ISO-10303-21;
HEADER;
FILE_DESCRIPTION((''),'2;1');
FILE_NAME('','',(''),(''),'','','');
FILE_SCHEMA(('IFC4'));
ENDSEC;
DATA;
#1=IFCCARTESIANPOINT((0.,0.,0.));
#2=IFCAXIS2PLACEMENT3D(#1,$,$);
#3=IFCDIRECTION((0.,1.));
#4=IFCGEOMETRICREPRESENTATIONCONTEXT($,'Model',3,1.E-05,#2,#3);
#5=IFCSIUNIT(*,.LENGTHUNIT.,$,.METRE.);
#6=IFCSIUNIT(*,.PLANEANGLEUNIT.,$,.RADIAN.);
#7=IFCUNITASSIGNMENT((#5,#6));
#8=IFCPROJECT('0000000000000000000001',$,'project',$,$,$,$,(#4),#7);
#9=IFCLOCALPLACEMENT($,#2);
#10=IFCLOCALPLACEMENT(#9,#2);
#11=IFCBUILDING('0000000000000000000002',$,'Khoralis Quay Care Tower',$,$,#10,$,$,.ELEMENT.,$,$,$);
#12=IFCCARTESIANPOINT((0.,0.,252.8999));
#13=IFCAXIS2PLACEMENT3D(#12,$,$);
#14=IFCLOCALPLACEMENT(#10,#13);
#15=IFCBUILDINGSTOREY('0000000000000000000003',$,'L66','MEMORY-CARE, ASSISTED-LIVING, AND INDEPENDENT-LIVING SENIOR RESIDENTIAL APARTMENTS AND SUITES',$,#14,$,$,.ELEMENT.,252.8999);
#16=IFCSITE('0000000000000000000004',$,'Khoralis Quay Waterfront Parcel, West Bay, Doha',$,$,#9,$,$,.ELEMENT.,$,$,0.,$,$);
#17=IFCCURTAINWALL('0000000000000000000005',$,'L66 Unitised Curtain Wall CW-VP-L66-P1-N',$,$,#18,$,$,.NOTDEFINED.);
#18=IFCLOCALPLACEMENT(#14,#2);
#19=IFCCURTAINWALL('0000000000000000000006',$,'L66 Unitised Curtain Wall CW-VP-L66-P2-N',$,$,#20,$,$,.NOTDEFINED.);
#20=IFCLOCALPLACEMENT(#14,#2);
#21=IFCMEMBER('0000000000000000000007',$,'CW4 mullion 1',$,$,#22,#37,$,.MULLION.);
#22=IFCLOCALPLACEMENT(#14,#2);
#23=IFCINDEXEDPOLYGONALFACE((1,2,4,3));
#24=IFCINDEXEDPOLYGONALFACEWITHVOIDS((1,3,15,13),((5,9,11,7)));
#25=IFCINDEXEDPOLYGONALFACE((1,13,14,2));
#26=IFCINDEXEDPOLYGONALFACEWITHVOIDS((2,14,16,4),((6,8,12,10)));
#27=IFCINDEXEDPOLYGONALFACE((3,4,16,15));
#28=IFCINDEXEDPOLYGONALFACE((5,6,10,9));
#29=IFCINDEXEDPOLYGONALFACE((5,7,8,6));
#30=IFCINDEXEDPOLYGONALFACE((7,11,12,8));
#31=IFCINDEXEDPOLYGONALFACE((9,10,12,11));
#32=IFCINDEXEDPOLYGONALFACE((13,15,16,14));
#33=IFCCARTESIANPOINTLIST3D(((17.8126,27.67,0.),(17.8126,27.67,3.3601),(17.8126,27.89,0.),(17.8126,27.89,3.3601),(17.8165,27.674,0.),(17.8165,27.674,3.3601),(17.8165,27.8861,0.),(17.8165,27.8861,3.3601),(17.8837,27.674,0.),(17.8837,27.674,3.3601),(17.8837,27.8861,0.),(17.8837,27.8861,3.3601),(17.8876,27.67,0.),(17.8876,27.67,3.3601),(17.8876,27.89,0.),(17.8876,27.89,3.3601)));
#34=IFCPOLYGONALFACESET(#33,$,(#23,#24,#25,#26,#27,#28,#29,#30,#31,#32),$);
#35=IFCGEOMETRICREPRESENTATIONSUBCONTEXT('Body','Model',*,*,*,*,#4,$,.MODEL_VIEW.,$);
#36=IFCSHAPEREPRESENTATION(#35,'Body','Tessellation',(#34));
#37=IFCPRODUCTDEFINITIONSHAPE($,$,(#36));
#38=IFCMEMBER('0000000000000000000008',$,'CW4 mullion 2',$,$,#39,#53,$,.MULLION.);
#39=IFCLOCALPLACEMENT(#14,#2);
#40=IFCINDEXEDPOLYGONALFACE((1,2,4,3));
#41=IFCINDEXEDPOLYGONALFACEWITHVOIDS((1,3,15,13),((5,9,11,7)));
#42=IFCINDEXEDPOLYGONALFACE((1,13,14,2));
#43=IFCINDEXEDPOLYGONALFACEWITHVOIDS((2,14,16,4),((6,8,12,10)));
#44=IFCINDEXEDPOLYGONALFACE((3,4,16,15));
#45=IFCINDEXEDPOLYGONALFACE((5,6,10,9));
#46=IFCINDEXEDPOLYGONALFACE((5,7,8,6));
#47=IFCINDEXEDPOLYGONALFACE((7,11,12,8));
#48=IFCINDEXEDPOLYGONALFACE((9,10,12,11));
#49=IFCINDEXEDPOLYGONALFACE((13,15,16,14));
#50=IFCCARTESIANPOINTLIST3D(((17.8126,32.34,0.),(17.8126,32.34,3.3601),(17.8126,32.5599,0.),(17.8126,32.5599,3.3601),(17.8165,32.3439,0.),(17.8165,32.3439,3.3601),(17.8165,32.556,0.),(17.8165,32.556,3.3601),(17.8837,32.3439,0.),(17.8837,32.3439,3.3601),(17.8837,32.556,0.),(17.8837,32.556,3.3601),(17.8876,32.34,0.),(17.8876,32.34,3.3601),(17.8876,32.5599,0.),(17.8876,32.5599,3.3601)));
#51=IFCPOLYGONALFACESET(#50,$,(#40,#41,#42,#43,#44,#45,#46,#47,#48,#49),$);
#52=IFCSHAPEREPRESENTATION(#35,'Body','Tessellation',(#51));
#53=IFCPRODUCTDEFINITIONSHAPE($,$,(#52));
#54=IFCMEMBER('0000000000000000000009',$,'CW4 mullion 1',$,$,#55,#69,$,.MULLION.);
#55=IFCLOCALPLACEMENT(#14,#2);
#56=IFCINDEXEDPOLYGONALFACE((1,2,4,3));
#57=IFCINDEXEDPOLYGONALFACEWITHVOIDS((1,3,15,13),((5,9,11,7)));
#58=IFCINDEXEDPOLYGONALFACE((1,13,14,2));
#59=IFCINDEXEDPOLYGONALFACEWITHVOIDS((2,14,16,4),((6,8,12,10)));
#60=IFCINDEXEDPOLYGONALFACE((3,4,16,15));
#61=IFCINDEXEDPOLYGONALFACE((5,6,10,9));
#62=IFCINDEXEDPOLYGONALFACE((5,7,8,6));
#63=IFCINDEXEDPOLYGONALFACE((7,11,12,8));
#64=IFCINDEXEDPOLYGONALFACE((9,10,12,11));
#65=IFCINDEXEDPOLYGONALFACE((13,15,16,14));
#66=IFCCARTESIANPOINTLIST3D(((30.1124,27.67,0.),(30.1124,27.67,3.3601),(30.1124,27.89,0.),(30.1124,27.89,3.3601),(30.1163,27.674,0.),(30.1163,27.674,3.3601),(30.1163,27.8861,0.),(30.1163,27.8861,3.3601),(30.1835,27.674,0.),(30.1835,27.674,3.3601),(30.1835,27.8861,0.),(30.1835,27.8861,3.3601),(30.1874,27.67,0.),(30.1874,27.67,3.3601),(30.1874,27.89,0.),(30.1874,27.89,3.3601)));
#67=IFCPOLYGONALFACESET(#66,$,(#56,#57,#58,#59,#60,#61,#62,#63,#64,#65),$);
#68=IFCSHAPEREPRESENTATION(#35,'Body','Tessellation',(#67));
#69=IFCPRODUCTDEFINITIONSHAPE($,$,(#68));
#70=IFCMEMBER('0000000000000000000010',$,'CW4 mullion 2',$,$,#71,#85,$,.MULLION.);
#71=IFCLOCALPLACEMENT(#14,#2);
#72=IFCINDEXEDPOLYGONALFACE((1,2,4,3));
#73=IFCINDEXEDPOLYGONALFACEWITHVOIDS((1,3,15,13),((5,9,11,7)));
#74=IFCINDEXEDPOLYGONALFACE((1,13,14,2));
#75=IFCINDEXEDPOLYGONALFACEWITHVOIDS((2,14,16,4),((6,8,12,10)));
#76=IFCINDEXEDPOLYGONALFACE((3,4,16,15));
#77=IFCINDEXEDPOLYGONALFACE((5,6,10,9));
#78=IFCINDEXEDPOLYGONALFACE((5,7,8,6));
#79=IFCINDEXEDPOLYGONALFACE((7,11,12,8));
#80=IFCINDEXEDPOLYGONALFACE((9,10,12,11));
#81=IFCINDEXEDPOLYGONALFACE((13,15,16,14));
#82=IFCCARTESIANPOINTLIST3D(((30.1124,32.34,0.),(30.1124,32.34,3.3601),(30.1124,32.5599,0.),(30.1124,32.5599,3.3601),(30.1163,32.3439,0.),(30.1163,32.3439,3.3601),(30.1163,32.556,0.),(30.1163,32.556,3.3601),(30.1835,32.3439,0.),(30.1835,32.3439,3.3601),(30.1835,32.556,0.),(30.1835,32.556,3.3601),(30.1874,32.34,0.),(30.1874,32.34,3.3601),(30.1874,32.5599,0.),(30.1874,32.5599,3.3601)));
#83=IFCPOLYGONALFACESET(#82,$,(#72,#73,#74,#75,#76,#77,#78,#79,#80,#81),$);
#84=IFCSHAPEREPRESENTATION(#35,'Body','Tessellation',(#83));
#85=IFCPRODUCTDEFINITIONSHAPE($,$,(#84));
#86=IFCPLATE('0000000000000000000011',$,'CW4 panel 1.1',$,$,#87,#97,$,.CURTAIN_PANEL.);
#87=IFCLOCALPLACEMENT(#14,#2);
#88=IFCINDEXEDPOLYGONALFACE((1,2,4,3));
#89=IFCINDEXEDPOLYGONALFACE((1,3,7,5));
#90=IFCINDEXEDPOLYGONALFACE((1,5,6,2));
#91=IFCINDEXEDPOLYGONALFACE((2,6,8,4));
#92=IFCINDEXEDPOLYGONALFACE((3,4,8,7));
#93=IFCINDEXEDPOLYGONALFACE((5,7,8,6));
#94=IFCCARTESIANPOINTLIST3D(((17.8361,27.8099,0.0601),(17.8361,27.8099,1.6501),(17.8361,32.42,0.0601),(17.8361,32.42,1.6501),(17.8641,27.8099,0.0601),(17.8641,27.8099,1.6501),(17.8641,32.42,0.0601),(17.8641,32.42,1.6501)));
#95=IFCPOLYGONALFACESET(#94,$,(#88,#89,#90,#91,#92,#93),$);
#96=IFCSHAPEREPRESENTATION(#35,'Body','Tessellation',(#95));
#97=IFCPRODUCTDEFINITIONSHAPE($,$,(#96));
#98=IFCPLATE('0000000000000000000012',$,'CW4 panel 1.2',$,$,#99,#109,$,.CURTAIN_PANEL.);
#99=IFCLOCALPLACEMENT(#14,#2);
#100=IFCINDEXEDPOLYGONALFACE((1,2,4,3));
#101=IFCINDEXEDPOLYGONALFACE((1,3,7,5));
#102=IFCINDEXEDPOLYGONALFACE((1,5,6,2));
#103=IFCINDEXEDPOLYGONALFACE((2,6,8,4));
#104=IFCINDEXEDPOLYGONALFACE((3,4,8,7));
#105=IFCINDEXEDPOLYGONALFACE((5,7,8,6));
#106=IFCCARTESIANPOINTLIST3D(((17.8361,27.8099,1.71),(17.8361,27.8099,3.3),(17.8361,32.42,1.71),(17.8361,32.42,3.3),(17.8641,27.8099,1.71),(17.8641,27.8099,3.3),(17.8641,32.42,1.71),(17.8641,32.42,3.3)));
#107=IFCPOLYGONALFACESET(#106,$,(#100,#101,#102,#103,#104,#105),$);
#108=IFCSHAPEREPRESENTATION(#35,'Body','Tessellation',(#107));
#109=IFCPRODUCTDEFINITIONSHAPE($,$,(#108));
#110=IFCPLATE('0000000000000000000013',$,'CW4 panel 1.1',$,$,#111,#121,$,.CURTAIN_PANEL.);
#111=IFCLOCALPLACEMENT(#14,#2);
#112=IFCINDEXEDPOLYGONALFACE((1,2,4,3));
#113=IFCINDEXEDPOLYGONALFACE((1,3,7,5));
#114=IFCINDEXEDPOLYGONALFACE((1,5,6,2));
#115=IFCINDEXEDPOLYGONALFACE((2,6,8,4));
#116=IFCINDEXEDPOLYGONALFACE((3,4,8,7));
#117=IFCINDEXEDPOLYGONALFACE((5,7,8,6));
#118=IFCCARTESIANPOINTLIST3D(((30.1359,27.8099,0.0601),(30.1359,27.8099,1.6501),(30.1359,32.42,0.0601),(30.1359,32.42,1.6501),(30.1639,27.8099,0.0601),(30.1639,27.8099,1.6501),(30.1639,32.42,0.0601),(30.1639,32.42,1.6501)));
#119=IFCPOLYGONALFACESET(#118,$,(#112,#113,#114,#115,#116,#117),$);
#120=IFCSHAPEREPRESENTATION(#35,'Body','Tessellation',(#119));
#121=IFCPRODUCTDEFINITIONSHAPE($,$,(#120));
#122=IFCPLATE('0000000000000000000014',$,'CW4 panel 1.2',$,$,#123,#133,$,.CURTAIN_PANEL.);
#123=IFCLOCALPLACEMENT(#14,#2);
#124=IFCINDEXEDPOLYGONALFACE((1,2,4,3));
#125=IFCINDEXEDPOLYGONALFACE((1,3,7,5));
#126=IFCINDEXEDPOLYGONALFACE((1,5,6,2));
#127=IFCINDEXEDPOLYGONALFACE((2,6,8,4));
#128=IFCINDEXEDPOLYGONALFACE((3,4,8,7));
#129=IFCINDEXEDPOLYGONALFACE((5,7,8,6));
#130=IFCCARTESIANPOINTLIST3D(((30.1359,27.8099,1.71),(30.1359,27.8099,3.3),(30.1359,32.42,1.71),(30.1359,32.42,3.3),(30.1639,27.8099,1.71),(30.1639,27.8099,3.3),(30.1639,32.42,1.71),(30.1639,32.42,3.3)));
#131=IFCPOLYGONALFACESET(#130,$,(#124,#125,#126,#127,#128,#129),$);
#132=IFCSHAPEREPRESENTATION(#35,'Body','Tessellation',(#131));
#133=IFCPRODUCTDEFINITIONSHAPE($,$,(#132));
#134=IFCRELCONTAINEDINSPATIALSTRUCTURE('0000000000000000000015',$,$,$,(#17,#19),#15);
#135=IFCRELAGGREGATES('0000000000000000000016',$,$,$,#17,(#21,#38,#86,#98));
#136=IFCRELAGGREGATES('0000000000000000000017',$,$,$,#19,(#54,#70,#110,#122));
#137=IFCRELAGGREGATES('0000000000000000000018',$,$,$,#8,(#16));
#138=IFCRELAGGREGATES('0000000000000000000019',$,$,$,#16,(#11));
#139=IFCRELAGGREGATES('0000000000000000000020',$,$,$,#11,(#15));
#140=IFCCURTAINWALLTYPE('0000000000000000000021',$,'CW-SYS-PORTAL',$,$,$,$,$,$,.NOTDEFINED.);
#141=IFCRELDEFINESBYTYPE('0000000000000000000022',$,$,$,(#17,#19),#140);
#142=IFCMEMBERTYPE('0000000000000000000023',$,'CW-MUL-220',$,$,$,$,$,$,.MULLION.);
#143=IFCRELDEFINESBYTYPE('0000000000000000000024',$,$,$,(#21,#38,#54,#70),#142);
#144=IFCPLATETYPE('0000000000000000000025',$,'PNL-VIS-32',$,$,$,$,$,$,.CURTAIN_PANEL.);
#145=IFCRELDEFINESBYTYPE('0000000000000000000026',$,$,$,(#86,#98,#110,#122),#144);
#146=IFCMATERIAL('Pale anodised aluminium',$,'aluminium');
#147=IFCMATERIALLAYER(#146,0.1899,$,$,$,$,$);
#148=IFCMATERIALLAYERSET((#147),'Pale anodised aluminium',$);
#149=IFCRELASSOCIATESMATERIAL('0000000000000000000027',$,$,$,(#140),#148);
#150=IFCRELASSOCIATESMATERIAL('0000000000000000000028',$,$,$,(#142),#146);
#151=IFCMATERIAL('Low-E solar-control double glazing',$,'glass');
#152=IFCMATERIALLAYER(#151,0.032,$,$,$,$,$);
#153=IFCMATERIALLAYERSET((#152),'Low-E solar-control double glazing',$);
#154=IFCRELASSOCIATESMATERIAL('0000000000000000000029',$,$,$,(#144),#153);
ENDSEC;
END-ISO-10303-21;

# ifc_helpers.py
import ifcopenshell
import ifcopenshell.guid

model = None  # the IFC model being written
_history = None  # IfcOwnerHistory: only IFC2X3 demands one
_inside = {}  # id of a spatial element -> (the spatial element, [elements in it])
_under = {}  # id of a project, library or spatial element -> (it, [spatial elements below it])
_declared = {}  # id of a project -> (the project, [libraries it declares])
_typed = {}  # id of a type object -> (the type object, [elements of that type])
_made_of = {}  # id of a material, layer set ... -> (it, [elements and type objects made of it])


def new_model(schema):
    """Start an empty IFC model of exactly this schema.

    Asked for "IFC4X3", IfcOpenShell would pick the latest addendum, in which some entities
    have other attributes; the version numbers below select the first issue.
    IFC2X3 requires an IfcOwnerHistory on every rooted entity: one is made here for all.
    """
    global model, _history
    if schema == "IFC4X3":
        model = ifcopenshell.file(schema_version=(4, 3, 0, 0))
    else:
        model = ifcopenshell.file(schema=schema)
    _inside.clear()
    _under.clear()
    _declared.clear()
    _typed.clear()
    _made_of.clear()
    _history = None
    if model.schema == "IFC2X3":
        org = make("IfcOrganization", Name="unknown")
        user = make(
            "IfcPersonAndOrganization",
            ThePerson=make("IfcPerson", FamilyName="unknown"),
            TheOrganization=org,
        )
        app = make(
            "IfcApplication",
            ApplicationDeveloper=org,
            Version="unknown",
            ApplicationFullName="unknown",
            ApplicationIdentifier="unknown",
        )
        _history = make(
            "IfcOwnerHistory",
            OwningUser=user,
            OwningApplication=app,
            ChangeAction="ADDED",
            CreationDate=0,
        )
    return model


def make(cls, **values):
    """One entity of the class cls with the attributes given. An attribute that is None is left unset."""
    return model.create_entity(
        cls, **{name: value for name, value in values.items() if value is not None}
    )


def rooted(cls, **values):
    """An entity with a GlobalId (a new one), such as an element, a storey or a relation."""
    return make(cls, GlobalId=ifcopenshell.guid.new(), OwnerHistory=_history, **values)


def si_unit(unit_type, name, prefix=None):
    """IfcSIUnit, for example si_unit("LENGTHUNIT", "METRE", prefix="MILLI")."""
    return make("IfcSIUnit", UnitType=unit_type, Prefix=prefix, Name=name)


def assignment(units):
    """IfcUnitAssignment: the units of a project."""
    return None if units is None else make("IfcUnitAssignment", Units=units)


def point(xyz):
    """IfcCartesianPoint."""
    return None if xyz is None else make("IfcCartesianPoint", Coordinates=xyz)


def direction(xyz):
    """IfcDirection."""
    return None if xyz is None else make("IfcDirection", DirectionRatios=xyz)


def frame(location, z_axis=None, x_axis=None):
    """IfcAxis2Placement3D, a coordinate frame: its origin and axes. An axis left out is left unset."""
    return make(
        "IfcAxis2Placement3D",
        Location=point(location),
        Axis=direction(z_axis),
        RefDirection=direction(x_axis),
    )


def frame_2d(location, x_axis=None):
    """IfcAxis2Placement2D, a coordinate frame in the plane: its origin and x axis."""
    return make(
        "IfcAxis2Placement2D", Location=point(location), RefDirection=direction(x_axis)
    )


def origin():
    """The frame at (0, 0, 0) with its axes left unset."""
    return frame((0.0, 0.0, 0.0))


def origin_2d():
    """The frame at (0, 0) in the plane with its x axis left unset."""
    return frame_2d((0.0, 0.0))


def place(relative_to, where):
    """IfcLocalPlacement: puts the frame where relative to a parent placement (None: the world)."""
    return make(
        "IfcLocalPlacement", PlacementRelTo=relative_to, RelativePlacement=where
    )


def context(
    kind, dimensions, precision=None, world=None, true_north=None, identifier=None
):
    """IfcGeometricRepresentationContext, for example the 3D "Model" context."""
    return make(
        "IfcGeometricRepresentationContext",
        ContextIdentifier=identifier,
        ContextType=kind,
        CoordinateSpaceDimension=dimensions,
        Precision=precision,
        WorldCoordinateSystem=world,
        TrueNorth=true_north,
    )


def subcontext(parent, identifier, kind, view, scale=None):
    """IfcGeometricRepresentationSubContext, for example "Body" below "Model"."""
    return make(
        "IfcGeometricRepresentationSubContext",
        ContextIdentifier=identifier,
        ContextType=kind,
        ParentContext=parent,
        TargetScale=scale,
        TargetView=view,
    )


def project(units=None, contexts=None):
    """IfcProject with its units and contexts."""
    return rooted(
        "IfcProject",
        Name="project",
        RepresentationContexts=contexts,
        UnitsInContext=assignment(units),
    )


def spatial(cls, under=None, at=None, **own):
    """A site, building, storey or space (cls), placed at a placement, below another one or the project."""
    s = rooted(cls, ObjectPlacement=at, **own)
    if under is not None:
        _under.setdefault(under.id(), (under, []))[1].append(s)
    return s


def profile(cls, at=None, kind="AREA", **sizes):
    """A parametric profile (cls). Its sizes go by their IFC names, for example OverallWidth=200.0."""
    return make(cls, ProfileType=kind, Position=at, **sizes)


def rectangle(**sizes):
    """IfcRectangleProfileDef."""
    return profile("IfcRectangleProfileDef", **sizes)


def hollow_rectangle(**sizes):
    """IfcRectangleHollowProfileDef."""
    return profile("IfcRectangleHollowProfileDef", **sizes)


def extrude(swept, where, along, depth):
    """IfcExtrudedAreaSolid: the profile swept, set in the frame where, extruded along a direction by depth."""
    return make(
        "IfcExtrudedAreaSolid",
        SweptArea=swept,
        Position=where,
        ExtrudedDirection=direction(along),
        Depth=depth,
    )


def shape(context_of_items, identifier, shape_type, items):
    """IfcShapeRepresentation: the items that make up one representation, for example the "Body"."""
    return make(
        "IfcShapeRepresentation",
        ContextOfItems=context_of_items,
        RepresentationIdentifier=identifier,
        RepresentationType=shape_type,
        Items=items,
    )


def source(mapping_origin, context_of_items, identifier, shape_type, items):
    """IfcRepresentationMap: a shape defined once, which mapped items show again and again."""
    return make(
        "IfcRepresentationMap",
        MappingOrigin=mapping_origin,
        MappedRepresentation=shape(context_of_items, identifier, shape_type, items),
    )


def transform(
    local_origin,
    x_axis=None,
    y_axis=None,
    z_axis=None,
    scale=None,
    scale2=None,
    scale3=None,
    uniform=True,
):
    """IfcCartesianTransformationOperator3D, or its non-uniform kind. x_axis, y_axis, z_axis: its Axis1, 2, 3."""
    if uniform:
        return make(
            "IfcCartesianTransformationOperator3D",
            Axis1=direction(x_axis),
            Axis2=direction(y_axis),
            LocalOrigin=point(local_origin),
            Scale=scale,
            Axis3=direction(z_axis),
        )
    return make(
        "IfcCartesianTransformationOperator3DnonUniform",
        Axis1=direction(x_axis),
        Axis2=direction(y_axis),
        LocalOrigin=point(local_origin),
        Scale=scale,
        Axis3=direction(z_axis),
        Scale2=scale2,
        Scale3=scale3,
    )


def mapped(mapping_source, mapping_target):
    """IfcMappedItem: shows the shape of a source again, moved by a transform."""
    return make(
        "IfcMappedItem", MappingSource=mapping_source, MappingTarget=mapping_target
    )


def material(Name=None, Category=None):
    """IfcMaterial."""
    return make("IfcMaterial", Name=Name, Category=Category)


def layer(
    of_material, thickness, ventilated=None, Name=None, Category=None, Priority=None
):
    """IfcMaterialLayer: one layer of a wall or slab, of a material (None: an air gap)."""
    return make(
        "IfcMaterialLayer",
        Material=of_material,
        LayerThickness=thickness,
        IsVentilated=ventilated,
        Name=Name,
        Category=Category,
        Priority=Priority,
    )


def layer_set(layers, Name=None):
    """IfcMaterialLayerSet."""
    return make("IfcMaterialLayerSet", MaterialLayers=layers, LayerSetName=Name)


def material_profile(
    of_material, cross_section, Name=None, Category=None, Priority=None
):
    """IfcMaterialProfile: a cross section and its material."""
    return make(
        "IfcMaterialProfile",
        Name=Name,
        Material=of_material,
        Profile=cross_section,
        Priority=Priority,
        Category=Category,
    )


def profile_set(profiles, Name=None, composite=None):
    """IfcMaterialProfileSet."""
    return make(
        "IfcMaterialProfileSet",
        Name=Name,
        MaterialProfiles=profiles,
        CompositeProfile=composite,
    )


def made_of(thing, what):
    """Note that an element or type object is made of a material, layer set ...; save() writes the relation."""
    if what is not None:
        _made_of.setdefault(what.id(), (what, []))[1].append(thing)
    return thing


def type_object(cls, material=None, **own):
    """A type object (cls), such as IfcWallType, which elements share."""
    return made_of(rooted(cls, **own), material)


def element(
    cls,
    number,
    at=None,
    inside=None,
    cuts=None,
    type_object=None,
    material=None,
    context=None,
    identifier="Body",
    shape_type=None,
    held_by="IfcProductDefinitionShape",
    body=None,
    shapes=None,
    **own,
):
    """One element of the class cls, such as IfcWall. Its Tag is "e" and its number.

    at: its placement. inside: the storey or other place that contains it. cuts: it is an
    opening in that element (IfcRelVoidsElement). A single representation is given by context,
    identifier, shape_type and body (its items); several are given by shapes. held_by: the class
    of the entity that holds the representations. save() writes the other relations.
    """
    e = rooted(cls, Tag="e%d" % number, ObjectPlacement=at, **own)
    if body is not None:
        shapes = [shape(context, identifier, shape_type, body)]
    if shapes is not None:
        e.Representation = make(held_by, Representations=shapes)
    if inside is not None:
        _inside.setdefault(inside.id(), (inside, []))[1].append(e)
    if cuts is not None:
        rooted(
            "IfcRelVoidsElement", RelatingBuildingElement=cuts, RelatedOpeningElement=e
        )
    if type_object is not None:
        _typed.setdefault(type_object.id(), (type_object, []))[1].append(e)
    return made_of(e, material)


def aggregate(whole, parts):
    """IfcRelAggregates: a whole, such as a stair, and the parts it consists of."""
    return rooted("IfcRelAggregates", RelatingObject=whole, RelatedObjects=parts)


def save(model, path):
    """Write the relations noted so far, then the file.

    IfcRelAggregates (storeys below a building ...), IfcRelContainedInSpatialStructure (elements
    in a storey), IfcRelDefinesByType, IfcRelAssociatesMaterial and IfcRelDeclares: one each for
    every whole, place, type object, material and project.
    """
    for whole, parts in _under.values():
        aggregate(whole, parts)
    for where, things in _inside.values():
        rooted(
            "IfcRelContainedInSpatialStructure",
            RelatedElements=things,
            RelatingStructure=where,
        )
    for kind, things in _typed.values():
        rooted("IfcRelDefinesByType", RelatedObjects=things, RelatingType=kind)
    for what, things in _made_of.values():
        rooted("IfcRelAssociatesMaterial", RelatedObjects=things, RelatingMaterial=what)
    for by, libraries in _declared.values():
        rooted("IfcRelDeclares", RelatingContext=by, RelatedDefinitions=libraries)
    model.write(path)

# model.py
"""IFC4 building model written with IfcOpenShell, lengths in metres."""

from ifc_helpers import new_model, si_unit, direction, frame, origin, origin_2d, place, context, subcontext, project, spatial, rectangle, hollow_rectangle, extrude, source, transform, mapped, material, layer, layer_set, material_profile, profile_set, type_object, element, aggregate, save


model = new_model("IFC4")

# Units and contexts
model_context = context("Model", 3, precision=1e-05, world=origin(), true_north=direction((0.0, 1.0)))
body_context = subcontext(model_context, "Body", "Model", "MODEL_VIEW")
ifc_project = project(units=[si_unit("LENGTHUNIT", "METRE"), si_unit("PLANEANGLEUNIT", "RADIAN")], contexts=[model_context])

# Site, building, storey
site_placement = place(None, origin())
site = spatial("IfcSite", under=ifc_project, at=site_placement, Name="Khoralis Quay Waterfront Parcel, West Bay, Doha", CompositionType="ELEMENT", RefElevation=0.0)
building_placement = place(site_placement, origin())
building = spatial("IfcBuilding", under=site, at=building_placement, Name="Khoralis Quay Care Tower", CompositionType="ELEMENT")
storey_placement = place(building_placement, frame((0.0, 0.0, 252.8999)))
storey = spatial("IfcBuildingStorey", under=building, at=storey_placement, Name="L66", Description="MEMORY-CARE, ASSISTED-LIVING, AND INDEPENDENT-LIVING SENIOR RESIDENTIAL APARTMENTS AND SUITES", CompositionType="ELEMENT", Elevation=252.8999)

# Curtain walls
ifc_material_1 = material(Name="Pale anodised aluminium", Category="aluminium")
ifc_layer_1 = layer(ifc_material_1, 0.1899)
ifc_layer_set_1 = layer_set([ifc_layer_1], Name="Pale anodised aluminium")
curtain_wall_type = type_object("IfcCurtainWallType", Name="CW-SYS-PORTAL", PredefinedType="NOTDEFINED", material=ifc_layer_set_1)
curtain_wall_1_placement = place(storey_placement, origin())
curtain_wall_1 = element("IfcCurtainWall", 1, at=curtain_wall_1_placement, inside=storey, type_object=curtain_wall_type, Name="L66 Unitised Curtain Wall CW-VP-L66-P1-N", PredefinedType="NOTDEFINED")
curtain_wall_2_placement = place(storey_placement, origin())
curtain_wall_2 = element("IfcCurtainWall", 2, at=curtain_wall_2_placement, inside=storey, type_object=curtain_wall_type, Name="L66 Unitised Curtain Wall CW-VP-L66-P2-N", PredefinedType="NOTDEFINED")

# Members
ifc_material_profile_1 = material_profile(ifc_material_1, hollow_rectangle(XDim=0.075, YDim=0.22, WallThickness=0.0039, at=origin_2d()), Name="Pale anodised aluminium")
ifc_profile_set_1 = profile_set([ifc_material_profile_1], Name="Pale anodised aluminium")
member_type_1 = type_object("IfcMemberType", Name="CW-MUL-220", PredefinedType="MULLION", material=ifc_profile_set_1)
shared_shape_1 = source(origin(), body_context, "Body", "SweptSolid", [
    extrude(hollow_rectangle(XDim=0.075, YDim=0.22, WallThickness=0.0039, at=origin_2d()), origin(), (0.0, 0.0, 1.0), 3.3601),
])
member_1_placement = place(storey_placement, frame((17.8501, 27.78, 0.0), z_axis=(0.0, 0.0, 1.0), x_axis=(-1.0, 0.0, 0.0)))
member_1 = element("IfcMember", 3, at=member_1_placement, type_object=member_type_1, Name="CW4 mullion 1", PredefinedType="MULLION", context=body_context, shape_type="MappedRepresentation", body=[
    mapped(shared_shape_1, transform((0.0, 0.0, 0.0), scale=1.0)),
])
member_2_placement = place(storey_placement, frame((17.8501, 32.45, 0.0), z_axis=(0.0, 0.0, 1.0), x_axis=(-1.0, 0.0, 0.0)))
member_2 = element("IfcMember", 4, at=member_2_placement, type_object=member_type_1, Name="CW4 mullion 2", PredefinedType="MULLION", context=body_context, shape_type="MappedRepresentation", body=[
    mapped(shared_shape_1, transform((0.0, 0.0, 0.0), scale=1.0)),
])
member_3_placement = place(storey_placement, frame((30.1499, 27.78, 0.0), z_axis=(0.0, 0.0, 1.0), x_axis=(-1.0, 0.0, 0.0)))
member_3 = element("IfcMember", 5, at=member_3_placement, type_object=member_type_1, Name="CW4 mullion 1", PredefinedType="MULLION", context=body_context, shape_type="MappedRepresentation", body=[
    mapped(shared_shape_1, transform((0.0, 0.0, 0.0), scale=1.0)),
])
member_4_placement = place(storey_placement, frame((30.1499, 32.45, 0.0), z_axis=(0.0, 0.0, 1.0), x_axis=(-1.0, 0.0, 0.0)))
member_4 = element("IfcMember", 6, at=member_4_placement, type_object=member_type_1, Name="CW4 mullion 2", PredefinedType="MULLION", context=body_context, shape_type="MappedRepresentation", body=[
    mapped(shared_shape_1, transform((0.0, 0.0, 0.0), scale=1.0)),
])

# Plates
ifc_material_2 = material(Name="Low-E solar-control double glazing", Category="glass")
ifc_layer_2 = layer(ifc_material_2, 0.032)
ifc_layer_set_2 = layer_set([ifc_layer_2], Name="Low-E solar-control double glazing")
plate_type = type_object("IfcPlateType", Name="PNL-VIS-32", PredefinedType="CURTAIN_PANEL", material=ifc_layer_set_2)
shared_shape_2 = source(origin(), body_context, "Body", "SweptSolid", [
    extrude(rectangle(XDim=4.6101, YDim=0.0281, at=origin_2d()), origin(), (0.0, 0.0, 1.0), 1.5901),
])
plate_1_placement = place(storey_placement, frame((17.8501, 30.115, 0.0601), z_axis=(0.0, 0.0, 1.0), x_axis=(0.0, 1.0, 0.0)))
plate_1 = element("IfcPlate", 7, at=plate_1_placement, type_object=plate_type, Name="CW4 panel 1.1", PredefinedType="CURTAIN_PANEL", context=body_context, shape_type="MappedRepresentation", body=[
    mapped(shared_shape_2, transform((0.0, 0.0, 0.0), scale=1.0)),
])
plate_2_placement = place(storey_placement, frame((17.8501, 30.115, 1.71), z_axis=(0.0, 0.0, 1.0), x_axis=(0.0, 1.0, 0.0)))
plate_2 = element("IfcPlate", 8, at=plate_2_placement, type_object=plate_type, Name="CW4 panel 1.2", PredefinedType="CURTAIN_PANEL", context=body_context, shape_type="MappedRepresentation", body=[
    mapped(shared_shape_2, transform((0.0, 0.0, 0.0), scale=1.0)),
])
aggregate(curtain_wall_1, [member_1, member_2, plate_1, plate_2])
plate_3_placement = place(storey_placement, frame((30.1499, 30.115, 0.0601), z_axis=(0.0, 0.0, 1.0), x_axis=(0.0, 1.0, 0.0)))
plate_3 = element("IfcPlate", 9, at=plate_3_placement, type_object=plate_type, Name="CW4 panel 1.1", PredefinedType="CURTAIN_PANEL", context=body_context, shape_type="MappedRepresentation", body=[
    mapped(shared_shape_2, transform((0.0, 0.0, 0.0), scale=1.0)),
])
plate_4_placement = place(storey_placement, frame((30.1499, 30.115, 1.71), z_axis=(0.0, 0.0, 1.0), x_axis=(0.0, 1.0, 0.0)))
plate_4 = element("IfcPlate", 10, at=plate_4_placement, type_object=plate_type, Name="CW4 panel 1.2", PredefinedType="CURTAIN_PANEL", context=body_context, shape_type="MappedRepresentation", body=[
    mapped(shared_shape_2, transform((0.0, 0.0, 0.0), scale=1.0)),
])
aggregate(curtain_wall_2, [member_3, member_4, plate_3, plate_4])

save(model, "model.ifc")
